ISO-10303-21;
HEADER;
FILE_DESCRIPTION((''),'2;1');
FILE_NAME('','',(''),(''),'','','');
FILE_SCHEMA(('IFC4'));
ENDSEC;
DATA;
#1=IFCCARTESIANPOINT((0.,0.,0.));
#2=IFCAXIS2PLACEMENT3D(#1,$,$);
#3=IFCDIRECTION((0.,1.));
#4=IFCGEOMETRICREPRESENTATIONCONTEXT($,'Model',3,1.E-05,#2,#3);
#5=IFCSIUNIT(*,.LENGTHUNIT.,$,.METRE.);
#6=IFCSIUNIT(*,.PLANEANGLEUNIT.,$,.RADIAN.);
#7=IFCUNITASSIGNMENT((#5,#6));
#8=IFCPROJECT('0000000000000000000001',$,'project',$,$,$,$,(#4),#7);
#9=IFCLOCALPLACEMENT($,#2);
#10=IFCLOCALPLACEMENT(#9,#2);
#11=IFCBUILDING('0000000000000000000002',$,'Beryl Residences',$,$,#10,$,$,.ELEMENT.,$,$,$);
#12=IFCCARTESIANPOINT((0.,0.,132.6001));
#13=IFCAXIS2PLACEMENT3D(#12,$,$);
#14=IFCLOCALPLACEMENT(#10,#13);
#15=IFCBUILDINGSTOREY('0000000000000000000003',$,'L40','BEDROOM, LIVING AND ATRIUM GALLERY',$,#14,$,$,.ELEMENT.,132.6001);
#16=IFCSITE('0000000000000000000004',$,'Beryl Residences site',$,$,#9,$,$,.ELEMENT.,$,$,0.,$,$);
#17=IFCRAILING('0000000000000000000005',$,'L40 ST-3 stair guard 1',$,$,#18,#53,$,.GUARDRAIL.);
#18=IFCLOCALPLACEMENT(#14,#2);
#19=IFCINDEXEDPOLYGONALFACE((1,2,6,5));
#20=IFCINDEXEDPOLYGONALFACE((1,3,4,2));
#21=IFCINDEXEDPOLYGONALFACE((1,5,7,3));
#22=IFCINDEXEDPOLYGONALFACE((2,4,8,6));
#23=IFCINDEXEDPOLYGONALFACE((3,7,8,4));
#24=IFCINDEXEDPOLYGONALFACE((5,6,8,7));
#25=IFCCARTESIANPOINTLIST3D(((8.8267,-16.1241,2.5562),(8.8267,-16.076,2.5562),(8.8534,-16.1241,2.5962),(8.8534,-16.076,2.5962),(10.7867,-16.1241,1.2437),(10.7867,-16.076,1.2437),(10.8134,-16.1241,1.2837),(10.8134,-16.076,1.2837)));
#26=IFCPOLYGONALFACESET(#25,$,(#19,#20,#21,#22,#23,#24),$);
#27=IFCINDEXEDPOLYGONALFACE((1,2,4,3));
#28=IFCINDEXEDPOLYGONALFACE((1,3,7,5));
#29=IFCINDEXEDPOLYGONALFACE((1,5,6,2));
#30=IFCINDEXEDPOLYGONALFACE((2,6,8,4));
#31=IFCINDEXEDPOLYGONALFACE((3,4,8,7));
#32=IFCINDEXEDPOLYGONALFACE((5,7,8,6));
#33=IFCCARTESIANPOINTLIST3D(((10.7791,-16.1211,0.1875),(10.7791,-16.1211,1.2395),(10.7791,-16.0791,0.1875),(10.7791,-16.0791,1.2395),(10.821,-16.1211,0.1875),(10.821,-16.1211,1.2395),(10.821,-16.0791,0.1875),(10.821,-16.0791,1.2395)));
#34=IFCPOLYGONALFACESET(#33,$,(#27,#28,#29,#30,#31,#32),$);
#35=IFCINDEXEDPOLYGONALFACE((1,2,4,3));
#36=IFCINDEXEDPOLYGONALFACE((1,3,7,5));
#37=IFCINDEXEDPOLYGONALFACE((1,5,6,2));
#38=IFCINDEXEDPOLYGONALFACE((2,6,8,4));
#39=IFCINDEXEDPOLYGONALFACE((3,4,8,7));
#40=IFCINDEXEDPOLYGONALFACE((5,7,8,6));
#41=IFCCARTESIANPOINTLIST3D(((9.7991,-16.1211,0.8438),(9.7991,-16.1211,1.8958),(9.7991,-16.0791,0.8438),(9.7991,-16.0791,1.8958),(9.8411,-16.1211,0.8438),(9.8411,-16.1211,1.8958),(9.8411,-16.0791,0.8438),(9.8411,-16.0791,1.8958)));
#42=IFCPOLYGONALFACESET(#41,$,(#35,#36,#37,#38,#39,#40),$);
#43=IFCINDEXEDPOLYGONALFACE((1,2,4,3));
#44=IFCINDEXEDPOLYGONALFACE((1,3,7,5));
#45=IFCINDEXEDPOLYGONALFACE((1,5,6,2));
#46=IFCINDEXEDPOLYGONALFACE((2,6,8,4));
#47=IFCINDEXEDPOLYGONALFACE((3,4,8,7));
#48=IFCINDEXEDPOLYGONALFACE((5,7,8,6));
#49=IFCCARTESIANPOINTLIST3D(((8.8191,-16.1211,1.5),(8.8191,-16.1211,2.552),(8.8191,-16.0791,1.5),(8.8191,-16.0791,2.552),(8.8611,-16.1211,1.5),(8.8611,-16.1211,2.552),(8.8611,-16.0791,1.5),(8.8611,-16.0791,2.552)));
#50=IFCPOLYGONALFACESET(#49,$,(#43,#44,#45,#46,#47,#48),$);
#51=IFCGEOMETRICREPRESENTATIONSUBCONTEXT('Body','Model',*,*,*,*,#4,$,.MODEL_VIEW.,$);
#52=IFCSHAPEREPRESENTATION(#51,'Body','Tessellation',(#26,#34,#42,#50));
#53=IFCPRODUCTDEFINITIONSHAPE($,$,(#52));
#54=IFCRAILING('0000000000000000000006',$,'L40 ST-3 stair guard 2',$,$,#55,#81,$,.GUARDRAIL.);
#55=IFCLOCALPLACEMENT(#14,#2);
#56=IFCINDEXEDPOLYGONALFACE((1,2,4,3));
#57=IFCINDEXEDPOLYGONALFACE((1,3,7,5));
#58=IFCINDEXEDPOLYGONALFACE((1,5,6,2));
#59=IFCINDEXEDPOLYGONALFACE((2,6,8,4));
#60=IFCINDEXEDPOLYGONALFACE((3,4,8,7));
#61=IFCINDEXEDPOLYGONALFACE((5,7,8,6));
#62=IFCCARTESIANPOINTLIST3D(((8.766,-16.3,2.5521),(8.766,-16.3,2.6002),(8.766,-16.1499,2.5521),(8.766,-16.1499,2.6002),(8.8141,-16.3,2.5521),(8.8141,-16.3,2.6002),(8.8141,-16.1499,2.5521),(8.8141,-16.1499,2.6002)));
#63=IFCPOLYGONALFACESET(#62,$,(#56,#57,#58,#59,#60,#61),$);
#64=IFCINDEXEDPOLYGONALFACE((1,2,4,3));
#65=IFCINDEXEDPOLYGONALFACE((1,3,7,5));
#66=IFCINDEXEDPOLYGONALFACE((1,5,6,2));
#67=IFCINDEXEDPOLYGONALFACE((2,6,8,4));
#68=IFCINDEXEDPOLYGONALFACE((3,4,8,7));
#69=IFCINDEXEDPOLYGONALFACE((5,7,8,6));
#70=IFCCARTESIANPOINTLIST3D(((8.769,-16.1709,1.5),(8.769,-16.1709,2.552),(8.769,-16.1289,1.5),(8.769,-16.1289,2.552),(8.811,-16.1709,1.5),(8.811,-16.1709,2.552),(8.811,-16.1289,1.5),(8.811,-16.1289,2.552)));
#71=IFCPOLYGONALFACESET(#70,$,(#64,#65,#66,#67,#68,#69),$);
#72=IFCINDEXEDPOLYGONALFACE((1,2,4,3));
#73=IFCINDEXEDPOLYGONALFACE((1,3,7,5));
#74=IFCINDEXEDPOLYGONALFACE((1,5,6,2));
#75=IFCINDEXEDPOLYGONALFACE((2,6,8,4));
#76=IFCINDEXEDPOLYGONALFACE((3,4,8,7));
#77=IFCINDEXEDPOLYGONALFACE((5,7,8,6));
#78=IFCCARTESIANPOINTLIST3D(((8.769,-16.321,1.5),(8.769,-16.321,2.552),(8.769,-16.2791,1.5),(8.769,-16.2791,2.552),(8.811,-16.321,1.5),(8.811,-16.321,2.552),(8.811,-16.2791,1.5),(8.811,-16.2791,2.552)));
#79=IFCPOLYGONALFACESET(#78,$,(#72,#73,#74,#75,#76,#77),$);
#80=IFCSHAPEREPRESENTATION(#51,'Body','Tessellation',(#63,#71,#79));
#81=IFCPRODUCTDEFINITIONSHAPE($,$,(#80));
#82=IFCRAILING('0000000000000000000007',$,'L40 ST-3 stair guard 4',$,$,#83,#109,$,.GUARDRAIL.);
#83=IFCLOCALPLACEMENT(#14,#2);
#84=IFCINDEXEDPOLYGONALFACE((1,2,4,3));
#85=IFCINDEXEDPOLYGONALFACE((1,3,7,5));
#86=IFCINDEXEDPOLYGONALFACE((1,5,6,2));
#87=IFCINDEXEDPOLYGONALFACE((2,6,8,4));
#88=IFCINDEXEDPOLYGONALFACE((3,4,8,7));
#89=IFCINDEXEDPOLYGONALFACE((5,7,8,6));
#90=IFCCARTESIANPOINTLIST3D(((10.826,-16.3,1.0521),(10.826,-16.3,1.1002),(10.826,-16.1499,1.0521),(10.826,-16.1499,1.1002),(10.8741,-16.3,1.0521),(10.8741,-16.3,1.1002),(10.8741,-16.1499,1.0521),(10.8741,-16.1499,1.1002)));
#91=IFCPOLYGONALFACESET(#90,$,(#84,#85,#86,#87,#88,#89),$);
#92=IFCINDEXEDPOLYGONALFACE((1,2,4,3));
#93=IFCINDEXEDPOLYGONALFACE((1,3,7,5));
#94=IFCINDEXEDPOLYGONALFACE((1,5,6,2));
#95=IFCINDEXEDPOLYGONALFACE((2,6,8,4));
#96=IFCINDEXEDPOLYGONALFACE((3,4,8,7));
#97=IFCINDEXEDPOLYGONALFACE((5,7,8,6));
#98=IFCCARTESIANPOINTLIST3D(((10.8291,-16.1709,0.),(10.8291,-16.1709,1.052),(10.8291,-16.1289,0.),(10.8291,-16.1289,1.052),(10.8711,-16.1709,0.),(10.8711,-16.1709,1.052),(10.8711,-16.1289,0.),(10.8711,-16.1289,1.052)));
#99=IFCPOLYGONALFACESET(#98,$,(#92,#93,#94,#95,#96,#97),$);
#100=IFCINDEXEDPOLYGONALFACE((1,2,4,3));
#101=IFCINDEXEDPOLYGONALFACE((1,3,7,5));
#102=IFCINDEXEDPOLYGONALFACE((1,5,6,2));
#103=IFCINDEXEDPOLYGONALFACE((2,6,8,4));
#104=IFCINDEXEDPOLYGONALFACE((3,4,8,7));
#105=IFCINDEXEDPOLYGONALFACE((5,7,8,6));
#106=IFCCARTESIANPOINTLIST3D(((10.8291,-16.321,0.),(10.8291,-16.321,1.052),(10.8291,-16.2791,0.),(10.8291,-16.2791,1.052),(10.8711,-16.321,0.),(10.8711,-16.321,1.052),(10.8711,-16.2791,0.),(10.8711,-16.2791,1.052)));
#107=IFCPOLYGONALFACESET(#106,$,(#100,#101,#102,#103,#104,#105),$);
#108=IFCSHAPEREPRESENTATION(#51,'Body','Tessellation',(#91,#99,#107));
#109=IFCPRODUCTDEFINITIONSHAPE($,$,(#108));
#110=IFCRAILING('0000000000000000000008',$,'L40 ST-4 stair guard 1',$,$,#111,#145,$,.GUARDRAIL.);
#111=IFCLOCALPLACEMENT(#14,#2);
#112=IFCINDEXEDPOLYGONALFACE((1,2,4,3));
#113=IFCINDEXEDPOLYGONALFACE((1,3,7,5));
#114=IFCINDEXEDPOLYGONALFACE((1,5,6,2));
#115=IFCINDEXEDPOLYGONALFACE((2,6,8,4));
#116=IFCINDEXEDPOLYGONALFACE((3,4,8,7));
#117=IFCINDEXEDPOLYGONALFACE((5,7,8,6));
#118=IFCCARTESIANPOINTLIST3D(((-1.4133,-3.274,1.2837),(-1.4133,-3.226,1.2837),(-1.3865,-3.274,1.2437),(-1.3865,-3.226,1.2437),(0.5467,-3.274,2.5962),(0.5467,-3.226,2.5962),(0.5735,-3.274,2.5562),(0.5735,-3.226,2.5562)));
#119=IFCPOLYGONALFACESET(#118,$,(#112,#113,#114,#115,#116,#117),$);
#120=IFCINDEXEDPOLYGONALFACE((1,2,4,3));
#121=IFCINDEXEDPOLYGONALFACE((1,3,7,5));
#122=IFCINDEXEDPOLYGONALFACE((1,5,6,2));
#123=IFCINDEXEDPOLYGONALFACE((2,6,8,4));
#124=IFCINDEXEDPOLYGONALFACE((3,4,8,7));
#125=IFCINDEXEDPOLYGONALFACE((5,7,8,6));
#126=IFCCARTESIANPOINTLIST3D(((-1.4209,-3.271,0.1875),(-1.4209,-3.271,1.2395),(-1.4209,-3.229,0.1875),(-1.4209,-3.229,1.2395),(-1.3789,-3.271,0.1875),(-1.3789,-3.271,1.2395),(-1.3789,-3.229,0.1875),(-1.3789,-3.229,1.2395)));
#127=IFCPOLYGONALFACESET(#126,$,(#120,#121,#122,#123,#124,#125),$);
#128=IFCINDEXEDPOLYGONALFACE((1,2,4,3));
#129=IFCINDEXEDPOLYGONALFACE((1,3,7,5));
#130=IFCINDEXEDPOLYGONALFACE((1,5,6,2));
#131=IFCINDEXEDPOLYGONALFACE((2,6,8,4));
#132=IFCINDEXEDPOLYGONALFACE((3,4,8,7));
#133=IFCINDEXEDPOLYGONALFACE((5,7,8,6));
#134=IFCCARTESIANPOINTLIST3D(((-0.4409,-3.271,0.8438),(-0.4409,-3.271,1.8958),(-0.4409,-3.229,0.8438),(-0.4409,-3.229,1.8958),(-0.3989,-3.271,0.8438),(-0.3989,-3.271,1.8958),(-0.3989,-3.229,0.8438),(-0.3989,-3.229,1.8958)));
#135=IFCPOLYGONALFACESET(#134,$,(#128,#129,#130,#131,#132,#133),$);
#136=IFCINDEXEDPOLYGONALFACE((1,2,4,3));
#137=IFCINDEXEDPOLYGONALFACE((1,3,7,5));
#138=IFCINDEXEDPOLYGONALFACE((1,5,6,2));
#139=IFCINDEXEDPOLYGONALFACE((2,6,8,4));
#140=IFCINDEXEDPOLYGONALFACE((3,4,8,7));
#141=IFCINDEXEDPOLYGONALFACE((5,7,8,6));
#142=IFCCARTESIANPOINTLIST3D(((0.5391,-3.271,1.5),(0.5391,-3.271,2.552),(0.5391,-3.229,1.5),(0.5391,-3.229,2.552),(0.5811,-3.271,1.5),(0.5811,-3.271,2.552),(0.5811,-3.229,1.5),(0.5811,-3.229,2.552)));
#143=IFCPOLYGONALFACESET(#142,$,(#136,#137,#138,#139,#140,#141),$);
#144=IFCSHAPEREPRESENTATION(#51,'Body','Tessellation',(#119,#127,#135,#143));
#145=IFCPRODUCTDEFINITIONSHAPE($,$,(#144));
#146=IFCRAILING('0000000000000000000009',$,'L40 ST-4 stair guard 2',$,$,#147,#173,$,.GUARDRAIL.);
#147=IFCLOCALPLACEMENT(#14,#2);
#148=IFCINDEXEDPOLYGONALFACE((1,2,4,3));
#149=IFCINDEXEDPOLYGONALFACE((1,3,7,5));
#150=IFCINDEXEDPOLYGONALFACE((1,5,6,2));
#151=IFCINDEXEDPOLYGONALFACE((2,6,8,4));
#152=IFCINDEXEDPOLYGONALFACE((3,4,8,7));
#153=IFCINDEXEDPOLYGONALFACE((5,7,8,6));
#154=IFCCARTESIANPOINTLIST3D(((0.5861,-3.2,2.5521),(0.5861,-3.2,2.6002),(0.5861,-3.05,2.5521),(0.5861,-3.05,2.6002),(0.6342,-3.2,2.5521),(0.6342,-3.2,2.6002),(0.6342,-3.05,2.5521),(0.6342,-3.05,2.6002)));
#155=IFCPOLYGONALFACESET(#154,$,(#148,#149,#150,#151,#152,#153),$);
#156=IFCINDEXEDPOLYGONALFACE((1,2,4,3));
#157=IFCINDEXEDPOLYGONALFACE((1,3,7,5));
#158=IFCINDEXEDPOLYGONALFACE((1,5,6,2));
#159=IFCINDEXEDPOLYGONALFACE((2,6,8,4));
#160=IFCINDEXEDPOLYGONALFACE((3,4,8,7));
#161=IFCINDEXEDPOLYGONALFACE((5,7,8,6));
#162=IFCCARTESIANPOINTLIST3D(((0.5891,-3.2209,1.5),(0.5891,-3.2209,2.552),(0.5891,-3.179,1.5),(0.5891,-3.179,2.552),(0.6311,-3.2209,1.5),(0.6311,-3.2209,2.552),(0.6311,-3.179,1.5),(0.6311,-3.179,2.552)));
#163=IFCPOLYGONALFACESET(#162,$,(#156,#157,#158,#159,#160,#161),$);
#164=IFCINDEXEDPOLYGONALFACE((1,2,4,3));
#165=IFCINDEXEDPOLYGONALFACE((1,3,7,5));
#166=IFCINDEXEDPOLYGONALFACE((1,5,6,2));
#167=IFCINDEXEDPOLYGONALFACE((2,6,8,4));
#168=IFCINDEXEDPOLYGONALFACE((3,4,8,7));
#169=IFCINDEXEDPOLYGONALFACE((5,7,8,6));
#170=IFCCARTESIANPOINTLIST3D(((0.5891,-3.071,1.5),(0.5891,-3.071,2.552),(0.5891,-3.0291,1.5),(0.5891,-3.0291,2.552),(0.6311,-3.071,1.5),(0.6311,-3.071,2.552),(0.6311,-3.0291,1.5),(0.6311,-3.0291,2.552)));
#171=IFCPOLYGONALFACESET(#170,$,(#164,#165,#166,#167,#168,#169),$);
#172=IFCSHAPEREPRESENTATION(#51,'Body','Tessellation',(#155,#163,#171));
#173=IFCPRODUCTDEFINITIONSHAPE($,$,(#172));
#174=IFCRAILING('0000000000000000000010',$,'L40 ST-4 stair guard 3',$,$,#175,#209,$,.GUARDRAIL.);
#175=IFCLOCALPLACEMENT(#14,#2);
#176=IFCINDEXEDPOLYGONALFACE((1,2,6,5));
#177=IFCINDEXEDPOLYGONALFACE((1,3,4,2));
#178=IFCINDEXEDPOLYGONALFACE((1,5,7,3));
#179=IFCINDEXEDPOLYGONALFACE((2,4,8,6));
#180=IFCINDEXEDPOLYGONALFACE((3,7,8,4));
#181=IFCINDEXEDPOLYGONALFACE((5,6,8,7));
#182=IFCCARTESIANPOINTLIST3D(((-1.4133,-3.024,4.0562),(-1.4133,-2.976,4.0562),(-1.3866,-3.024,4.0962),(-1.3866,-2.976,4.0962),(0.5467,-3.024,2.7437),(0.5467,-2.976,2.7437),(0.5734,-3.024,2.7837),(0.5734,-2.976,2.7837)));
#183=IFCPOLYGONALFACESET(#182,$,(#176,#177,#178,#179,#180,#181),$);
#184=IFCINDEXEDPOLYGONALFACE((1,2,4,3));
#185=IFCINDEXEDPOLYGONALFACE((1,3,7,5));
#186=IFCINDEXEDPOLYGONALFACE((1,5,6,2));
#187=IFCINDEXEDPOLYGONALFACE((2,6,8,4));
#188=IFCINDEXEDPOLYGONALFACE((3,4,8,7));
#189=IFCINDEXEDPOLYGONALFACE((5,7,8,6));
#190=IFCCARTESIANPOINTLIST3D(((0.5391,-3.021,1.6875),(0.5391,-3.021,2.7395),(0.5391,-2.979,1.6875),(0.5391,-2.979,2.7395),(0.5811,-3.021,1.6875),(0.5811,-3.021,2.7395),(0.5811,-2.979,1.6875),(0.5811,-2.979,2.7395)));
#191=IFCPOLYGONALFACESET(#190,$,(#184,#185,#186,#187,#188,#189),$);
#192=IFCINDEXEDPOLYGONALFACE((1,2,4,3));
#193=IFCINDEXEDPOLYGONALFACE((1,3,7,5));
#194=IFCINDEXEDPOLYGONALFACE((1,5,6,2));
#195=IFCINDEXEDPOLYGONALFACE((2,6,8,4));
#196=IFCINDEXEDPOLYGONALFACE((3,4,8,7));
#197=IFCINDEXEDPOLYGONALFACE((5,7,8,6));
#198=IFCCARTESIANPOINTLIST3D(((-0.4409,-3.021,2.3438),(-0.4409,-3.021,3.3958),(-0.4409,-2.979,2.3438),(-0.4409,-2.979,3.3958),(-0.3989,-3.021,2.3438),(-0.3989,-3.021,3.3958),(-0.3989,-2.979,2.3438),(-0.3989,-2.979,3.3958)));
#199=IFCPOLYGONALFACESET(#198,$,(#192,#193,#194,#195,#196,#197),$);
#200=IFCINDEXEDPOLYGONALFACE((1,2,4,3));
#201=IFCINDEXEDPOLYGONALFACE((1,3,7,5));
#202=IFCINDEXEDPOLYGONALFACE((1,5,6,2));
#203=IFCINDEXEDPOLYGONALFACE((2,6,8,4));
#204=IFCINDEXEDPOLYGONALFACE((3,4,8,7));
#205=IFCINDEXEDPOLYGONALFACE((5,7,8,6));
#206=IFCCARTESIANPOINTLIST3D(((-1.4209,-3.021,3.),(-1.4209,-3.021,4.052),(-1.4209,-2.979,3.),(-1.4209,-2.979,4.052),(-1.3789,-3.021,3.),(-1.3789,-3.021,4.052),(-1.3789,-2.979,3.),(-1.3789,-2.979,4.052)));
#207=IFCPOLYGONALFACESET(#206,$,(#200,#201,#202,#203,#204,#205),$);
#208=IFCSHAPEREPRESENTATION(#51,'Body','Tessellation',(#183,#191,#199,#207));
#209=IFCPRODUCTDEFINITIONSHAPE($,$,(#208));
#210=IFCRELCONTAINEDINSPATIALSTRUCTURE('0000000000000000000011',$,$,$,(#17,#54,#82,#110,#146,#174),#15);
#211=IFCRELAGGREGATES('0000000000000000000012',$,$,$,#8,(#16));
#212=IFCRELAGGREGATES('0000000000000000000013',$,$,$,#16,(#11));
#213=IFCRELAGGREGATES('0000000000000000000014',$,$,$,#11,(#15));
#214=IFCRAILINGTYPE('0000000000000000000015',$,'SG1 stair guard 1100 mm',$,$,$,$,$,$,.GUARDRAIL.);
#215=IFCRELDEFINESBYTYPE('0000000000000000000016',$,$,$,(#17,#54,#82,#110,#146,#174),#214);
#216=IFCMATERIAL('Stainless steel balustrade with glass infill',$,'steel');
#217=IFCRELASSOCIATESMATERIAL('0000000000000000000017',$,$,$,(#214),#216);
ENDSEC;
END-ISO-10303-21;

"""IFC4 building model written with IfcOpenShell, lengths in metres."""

from ifc_helpers import new_model, si_unit, direction, frame, origin, origin_2d, place, context, subcontext, project, spatial, rectangle, extrude, material, type_object, element, save


model = new_model("IFC4")

# Units and contexts
model_context = context("Model", 3, precision=1e-05, world=origin(), true_north=direction((0.0, 1.0)))
body_context = subcontext(model_context, "Body", "Model", "MODEL_VIEW")
ifc_project = project(units=[si_unit("LENGTHUNIT", "METRE"), si_unit("PLANEANGLEUNIT", "RADIAN")], contexts=[model_context])

# Site, building, storey
site_placement = place(None, origin())
site = spatial("IfcSite", under=ifc_project, at=site_placement, Name="Beryl Residences site", CompositionType="ELEMENT", RefElevation=0.0)
building_placement = place(site_placement, origin())
building = spatial("IfcBuilding", under=site, at=building_placement, Name="Beryl Residences", CompositionType="ELEMENT")
storey_placement = place(building_placement, frame((0.0, 0.0, 132.6001)))
storey = spatial("IfcBuildingStorey", under=building, at=storey_placement, Name="L40", Description="BEDROOM, LIVING AND ATRIUM GALLERY", CompositionType="ELEMENT", Elevation=132.6001)

# Railings
ifc_material_1 = material(Name="Stainless steel balustrade with glass infill", Category="steel")
railing_type_1 = type_object("IfcRailingType", Name="SG1 stair guard 1100 mm", PredefinedType="GUARDRAIL", material=ifc_material_1)
railing_1_placement = place(storey_placement, frame((10.8, -16.1001, 0.1875)))
element("IfcRailing", 1, at=railing_1_placement, inside=storey, type_object=railing_type_1, Name="L40 ST-3 stair guard 1", PredefinedType="GUARDRAIL", context=body_context, shape_type="SweptSolid", body=[
    extrude(rectangle(XDim=0.0481, YDim=0.0481, at=origin_2d()), frame((0.0, 0.0, 1.0762), z_axis=(-0.830902, 0.0, 0.556419), x_axis=(0.0, -1.0, 0.0)), (0.0, 0.0, 1.0), 2.3589),
    extrude(rectangle(XDim=0.042, YDim=0.042, at=origin_2d()), origin(), (0.0, 0.0, 1.0), 1.052),
    extrude(rectangle(XDim=0.042, YDim=0.042, at=origin_2d()), frame((-0.98, 0.0, 0.6562)), (0.0, 0.0, 1.0), 1.052),
    extrude(rectangle(XDim=0.042, YDim=0.042, at=origin_2d()), frame((-1.96, 0.0, 1.3125)), (0.0, 0.0, 1.0), 1.052),
])
for number, where, name in (
    (2, (8.79, -16.1499, 1.5), "L40 ST-3 stair guard 2"),
    (3, (10.8501, -16.1499, 0.0), "L40 ST-3 stair guard 4"),
):
    element("IfcRailing", number, at=place(storey_placement, frame(where)), inside=storey, type_object=railing_type_1, Name=name, PredefinedType="GUARDRAIL", context=body_context, shape_type="SweptSolid", body=[
        extrude(rectangle(XDim=0.0481, YDim=0.0481, at=origin_2d()), frame((0.0, 0.0, 1.0762), z_axis=(0.0, -1.0, 0.0), x_axis=(1.0, 0.0, 0.0)), (0.0, 0.0, 1.0), 0.1501),
        extrude(rectangle(XDim=0.042, YDim=0.042, at=origin_2d()), origin(), (0.0, 0.0, 1.0), 1.052),
        extrude(rectangle(XDim=0.042, YDim=0.042, at=origin_2d()), frame((0.0, -0.1501, 0.0)), (0.0, 0.0, 1.0), 1.052),
    ])
railing_2_placement = place(storey_placement, frame((-1.3999, -3.25, 0.1875)))
element("IfcRailing", 4, at=railing_2_placement, inside=storey, type_object=railing_type_1, Name="L40 ST-4 stair guard 1", PredefinedType="GUARDRAIL", context=body_context, shape_type="SweptSolid", body=[
    extrude(rectangle(XDim=0.0481, YDim=0.0481, at=origin_2d()), frame((0.0, 0.0, 1.0762), z_axis=(0.830902, 0.0, 0.556419), x_axis=(0.0, 1.0, 0.0)), (0.0, 0.0, 1.0), 2.3589),
    extrude(rectangle(XDim=0.042, YDim=0.042, at=origin_2d()), origin(), (0.0, 0.0, 1.0), 1.052),
    extrude(rectangle(XDim=0.042, YDim=0.042, at=origin_2d()), frame((0.98, 0.0, 0.6562)), (0.0, 0.0, 1.0), 1.052),
    extrude(rectangle(XDim=0.042, YDim=0.042, at=origin_2d()), frame((1.96, 0.0, 1.3125)), (0.0, 0.0, 1.0), 1.052),
])
railing_3_placement = place(storey_placement, frame((0.6101, -3.2, 1.5)))
element("IfcRailing", 5, at=railing_3_placement, inside=storey, type_object=railing_type_1, Name="L40 ST-4 stair guard 2", PredefinedType="GUARDRAIL", context=body_context, shape_type="SweptSolid", body=[
    extrude(rectangle(XDim=0.0481, YDim=0.0481, at=origin_2d()), frame((0.0, 0.0, 1.0762), z_axis=(0.0, 1.0, 0.0), x_axis=(-1.0, 0.0, 0.0)), (0.0, 0.0, 1.0), 0.1499),
    extrude(rectangle(XDim=0.042, YDim=0.042, at=origin_2d()), origin(), (0.0, 0.0, 1.0), 1.052),
    extrude(rectangle(XDim=0.042, YDim=0.042, at=origin_2d()), frame((0.0, 0.1499, 0.0)), (0.0, 0.0, 1.0), 1.052),
])
railing_4_placement = place(storey_placement, frame((0.5601, -3.0, 1.6875)))
element("IfcRailing", 6, at=railing_4_placement, inside=storey, type_object=railing_type_1, Name="L40 ST-4 stair guard 3", PredefinedType="GUARDRAIL", context=body_context, shape_type="SweptSolid", body=[
    extrude(rectangle(XDim=0.0481, YDim=0.0481, at=origin_2d()), frame((0.0, 0.0, 1.0762), z_axis=(-0.830902, 0.0, 0.556419), x_axis=(0.0, -1.0, 0.0)), (0.0, 0.0, 1.0), 2.3589),
    extrude(rectangle(XDim=0.042, YDim=0.042, at=origin_2d()), origin(), (0.0, 0.0, 1.0), 1.052),
    extrude(rectangle(XDim=0.042, YDim=0.042, at=origin_2d()), frame((-0.98, 0.0, 0.6562)), (0.0, 0.0, 1.0), 1.052),
    extrude(rectangle(XDim=0.042, YDim=0.042, at=origin_2d()), frame((-1.96, 0.0, 1.3125)), (0.0, 0.0, 1.0), 1.052),
])

save(model, "model.ifc")
